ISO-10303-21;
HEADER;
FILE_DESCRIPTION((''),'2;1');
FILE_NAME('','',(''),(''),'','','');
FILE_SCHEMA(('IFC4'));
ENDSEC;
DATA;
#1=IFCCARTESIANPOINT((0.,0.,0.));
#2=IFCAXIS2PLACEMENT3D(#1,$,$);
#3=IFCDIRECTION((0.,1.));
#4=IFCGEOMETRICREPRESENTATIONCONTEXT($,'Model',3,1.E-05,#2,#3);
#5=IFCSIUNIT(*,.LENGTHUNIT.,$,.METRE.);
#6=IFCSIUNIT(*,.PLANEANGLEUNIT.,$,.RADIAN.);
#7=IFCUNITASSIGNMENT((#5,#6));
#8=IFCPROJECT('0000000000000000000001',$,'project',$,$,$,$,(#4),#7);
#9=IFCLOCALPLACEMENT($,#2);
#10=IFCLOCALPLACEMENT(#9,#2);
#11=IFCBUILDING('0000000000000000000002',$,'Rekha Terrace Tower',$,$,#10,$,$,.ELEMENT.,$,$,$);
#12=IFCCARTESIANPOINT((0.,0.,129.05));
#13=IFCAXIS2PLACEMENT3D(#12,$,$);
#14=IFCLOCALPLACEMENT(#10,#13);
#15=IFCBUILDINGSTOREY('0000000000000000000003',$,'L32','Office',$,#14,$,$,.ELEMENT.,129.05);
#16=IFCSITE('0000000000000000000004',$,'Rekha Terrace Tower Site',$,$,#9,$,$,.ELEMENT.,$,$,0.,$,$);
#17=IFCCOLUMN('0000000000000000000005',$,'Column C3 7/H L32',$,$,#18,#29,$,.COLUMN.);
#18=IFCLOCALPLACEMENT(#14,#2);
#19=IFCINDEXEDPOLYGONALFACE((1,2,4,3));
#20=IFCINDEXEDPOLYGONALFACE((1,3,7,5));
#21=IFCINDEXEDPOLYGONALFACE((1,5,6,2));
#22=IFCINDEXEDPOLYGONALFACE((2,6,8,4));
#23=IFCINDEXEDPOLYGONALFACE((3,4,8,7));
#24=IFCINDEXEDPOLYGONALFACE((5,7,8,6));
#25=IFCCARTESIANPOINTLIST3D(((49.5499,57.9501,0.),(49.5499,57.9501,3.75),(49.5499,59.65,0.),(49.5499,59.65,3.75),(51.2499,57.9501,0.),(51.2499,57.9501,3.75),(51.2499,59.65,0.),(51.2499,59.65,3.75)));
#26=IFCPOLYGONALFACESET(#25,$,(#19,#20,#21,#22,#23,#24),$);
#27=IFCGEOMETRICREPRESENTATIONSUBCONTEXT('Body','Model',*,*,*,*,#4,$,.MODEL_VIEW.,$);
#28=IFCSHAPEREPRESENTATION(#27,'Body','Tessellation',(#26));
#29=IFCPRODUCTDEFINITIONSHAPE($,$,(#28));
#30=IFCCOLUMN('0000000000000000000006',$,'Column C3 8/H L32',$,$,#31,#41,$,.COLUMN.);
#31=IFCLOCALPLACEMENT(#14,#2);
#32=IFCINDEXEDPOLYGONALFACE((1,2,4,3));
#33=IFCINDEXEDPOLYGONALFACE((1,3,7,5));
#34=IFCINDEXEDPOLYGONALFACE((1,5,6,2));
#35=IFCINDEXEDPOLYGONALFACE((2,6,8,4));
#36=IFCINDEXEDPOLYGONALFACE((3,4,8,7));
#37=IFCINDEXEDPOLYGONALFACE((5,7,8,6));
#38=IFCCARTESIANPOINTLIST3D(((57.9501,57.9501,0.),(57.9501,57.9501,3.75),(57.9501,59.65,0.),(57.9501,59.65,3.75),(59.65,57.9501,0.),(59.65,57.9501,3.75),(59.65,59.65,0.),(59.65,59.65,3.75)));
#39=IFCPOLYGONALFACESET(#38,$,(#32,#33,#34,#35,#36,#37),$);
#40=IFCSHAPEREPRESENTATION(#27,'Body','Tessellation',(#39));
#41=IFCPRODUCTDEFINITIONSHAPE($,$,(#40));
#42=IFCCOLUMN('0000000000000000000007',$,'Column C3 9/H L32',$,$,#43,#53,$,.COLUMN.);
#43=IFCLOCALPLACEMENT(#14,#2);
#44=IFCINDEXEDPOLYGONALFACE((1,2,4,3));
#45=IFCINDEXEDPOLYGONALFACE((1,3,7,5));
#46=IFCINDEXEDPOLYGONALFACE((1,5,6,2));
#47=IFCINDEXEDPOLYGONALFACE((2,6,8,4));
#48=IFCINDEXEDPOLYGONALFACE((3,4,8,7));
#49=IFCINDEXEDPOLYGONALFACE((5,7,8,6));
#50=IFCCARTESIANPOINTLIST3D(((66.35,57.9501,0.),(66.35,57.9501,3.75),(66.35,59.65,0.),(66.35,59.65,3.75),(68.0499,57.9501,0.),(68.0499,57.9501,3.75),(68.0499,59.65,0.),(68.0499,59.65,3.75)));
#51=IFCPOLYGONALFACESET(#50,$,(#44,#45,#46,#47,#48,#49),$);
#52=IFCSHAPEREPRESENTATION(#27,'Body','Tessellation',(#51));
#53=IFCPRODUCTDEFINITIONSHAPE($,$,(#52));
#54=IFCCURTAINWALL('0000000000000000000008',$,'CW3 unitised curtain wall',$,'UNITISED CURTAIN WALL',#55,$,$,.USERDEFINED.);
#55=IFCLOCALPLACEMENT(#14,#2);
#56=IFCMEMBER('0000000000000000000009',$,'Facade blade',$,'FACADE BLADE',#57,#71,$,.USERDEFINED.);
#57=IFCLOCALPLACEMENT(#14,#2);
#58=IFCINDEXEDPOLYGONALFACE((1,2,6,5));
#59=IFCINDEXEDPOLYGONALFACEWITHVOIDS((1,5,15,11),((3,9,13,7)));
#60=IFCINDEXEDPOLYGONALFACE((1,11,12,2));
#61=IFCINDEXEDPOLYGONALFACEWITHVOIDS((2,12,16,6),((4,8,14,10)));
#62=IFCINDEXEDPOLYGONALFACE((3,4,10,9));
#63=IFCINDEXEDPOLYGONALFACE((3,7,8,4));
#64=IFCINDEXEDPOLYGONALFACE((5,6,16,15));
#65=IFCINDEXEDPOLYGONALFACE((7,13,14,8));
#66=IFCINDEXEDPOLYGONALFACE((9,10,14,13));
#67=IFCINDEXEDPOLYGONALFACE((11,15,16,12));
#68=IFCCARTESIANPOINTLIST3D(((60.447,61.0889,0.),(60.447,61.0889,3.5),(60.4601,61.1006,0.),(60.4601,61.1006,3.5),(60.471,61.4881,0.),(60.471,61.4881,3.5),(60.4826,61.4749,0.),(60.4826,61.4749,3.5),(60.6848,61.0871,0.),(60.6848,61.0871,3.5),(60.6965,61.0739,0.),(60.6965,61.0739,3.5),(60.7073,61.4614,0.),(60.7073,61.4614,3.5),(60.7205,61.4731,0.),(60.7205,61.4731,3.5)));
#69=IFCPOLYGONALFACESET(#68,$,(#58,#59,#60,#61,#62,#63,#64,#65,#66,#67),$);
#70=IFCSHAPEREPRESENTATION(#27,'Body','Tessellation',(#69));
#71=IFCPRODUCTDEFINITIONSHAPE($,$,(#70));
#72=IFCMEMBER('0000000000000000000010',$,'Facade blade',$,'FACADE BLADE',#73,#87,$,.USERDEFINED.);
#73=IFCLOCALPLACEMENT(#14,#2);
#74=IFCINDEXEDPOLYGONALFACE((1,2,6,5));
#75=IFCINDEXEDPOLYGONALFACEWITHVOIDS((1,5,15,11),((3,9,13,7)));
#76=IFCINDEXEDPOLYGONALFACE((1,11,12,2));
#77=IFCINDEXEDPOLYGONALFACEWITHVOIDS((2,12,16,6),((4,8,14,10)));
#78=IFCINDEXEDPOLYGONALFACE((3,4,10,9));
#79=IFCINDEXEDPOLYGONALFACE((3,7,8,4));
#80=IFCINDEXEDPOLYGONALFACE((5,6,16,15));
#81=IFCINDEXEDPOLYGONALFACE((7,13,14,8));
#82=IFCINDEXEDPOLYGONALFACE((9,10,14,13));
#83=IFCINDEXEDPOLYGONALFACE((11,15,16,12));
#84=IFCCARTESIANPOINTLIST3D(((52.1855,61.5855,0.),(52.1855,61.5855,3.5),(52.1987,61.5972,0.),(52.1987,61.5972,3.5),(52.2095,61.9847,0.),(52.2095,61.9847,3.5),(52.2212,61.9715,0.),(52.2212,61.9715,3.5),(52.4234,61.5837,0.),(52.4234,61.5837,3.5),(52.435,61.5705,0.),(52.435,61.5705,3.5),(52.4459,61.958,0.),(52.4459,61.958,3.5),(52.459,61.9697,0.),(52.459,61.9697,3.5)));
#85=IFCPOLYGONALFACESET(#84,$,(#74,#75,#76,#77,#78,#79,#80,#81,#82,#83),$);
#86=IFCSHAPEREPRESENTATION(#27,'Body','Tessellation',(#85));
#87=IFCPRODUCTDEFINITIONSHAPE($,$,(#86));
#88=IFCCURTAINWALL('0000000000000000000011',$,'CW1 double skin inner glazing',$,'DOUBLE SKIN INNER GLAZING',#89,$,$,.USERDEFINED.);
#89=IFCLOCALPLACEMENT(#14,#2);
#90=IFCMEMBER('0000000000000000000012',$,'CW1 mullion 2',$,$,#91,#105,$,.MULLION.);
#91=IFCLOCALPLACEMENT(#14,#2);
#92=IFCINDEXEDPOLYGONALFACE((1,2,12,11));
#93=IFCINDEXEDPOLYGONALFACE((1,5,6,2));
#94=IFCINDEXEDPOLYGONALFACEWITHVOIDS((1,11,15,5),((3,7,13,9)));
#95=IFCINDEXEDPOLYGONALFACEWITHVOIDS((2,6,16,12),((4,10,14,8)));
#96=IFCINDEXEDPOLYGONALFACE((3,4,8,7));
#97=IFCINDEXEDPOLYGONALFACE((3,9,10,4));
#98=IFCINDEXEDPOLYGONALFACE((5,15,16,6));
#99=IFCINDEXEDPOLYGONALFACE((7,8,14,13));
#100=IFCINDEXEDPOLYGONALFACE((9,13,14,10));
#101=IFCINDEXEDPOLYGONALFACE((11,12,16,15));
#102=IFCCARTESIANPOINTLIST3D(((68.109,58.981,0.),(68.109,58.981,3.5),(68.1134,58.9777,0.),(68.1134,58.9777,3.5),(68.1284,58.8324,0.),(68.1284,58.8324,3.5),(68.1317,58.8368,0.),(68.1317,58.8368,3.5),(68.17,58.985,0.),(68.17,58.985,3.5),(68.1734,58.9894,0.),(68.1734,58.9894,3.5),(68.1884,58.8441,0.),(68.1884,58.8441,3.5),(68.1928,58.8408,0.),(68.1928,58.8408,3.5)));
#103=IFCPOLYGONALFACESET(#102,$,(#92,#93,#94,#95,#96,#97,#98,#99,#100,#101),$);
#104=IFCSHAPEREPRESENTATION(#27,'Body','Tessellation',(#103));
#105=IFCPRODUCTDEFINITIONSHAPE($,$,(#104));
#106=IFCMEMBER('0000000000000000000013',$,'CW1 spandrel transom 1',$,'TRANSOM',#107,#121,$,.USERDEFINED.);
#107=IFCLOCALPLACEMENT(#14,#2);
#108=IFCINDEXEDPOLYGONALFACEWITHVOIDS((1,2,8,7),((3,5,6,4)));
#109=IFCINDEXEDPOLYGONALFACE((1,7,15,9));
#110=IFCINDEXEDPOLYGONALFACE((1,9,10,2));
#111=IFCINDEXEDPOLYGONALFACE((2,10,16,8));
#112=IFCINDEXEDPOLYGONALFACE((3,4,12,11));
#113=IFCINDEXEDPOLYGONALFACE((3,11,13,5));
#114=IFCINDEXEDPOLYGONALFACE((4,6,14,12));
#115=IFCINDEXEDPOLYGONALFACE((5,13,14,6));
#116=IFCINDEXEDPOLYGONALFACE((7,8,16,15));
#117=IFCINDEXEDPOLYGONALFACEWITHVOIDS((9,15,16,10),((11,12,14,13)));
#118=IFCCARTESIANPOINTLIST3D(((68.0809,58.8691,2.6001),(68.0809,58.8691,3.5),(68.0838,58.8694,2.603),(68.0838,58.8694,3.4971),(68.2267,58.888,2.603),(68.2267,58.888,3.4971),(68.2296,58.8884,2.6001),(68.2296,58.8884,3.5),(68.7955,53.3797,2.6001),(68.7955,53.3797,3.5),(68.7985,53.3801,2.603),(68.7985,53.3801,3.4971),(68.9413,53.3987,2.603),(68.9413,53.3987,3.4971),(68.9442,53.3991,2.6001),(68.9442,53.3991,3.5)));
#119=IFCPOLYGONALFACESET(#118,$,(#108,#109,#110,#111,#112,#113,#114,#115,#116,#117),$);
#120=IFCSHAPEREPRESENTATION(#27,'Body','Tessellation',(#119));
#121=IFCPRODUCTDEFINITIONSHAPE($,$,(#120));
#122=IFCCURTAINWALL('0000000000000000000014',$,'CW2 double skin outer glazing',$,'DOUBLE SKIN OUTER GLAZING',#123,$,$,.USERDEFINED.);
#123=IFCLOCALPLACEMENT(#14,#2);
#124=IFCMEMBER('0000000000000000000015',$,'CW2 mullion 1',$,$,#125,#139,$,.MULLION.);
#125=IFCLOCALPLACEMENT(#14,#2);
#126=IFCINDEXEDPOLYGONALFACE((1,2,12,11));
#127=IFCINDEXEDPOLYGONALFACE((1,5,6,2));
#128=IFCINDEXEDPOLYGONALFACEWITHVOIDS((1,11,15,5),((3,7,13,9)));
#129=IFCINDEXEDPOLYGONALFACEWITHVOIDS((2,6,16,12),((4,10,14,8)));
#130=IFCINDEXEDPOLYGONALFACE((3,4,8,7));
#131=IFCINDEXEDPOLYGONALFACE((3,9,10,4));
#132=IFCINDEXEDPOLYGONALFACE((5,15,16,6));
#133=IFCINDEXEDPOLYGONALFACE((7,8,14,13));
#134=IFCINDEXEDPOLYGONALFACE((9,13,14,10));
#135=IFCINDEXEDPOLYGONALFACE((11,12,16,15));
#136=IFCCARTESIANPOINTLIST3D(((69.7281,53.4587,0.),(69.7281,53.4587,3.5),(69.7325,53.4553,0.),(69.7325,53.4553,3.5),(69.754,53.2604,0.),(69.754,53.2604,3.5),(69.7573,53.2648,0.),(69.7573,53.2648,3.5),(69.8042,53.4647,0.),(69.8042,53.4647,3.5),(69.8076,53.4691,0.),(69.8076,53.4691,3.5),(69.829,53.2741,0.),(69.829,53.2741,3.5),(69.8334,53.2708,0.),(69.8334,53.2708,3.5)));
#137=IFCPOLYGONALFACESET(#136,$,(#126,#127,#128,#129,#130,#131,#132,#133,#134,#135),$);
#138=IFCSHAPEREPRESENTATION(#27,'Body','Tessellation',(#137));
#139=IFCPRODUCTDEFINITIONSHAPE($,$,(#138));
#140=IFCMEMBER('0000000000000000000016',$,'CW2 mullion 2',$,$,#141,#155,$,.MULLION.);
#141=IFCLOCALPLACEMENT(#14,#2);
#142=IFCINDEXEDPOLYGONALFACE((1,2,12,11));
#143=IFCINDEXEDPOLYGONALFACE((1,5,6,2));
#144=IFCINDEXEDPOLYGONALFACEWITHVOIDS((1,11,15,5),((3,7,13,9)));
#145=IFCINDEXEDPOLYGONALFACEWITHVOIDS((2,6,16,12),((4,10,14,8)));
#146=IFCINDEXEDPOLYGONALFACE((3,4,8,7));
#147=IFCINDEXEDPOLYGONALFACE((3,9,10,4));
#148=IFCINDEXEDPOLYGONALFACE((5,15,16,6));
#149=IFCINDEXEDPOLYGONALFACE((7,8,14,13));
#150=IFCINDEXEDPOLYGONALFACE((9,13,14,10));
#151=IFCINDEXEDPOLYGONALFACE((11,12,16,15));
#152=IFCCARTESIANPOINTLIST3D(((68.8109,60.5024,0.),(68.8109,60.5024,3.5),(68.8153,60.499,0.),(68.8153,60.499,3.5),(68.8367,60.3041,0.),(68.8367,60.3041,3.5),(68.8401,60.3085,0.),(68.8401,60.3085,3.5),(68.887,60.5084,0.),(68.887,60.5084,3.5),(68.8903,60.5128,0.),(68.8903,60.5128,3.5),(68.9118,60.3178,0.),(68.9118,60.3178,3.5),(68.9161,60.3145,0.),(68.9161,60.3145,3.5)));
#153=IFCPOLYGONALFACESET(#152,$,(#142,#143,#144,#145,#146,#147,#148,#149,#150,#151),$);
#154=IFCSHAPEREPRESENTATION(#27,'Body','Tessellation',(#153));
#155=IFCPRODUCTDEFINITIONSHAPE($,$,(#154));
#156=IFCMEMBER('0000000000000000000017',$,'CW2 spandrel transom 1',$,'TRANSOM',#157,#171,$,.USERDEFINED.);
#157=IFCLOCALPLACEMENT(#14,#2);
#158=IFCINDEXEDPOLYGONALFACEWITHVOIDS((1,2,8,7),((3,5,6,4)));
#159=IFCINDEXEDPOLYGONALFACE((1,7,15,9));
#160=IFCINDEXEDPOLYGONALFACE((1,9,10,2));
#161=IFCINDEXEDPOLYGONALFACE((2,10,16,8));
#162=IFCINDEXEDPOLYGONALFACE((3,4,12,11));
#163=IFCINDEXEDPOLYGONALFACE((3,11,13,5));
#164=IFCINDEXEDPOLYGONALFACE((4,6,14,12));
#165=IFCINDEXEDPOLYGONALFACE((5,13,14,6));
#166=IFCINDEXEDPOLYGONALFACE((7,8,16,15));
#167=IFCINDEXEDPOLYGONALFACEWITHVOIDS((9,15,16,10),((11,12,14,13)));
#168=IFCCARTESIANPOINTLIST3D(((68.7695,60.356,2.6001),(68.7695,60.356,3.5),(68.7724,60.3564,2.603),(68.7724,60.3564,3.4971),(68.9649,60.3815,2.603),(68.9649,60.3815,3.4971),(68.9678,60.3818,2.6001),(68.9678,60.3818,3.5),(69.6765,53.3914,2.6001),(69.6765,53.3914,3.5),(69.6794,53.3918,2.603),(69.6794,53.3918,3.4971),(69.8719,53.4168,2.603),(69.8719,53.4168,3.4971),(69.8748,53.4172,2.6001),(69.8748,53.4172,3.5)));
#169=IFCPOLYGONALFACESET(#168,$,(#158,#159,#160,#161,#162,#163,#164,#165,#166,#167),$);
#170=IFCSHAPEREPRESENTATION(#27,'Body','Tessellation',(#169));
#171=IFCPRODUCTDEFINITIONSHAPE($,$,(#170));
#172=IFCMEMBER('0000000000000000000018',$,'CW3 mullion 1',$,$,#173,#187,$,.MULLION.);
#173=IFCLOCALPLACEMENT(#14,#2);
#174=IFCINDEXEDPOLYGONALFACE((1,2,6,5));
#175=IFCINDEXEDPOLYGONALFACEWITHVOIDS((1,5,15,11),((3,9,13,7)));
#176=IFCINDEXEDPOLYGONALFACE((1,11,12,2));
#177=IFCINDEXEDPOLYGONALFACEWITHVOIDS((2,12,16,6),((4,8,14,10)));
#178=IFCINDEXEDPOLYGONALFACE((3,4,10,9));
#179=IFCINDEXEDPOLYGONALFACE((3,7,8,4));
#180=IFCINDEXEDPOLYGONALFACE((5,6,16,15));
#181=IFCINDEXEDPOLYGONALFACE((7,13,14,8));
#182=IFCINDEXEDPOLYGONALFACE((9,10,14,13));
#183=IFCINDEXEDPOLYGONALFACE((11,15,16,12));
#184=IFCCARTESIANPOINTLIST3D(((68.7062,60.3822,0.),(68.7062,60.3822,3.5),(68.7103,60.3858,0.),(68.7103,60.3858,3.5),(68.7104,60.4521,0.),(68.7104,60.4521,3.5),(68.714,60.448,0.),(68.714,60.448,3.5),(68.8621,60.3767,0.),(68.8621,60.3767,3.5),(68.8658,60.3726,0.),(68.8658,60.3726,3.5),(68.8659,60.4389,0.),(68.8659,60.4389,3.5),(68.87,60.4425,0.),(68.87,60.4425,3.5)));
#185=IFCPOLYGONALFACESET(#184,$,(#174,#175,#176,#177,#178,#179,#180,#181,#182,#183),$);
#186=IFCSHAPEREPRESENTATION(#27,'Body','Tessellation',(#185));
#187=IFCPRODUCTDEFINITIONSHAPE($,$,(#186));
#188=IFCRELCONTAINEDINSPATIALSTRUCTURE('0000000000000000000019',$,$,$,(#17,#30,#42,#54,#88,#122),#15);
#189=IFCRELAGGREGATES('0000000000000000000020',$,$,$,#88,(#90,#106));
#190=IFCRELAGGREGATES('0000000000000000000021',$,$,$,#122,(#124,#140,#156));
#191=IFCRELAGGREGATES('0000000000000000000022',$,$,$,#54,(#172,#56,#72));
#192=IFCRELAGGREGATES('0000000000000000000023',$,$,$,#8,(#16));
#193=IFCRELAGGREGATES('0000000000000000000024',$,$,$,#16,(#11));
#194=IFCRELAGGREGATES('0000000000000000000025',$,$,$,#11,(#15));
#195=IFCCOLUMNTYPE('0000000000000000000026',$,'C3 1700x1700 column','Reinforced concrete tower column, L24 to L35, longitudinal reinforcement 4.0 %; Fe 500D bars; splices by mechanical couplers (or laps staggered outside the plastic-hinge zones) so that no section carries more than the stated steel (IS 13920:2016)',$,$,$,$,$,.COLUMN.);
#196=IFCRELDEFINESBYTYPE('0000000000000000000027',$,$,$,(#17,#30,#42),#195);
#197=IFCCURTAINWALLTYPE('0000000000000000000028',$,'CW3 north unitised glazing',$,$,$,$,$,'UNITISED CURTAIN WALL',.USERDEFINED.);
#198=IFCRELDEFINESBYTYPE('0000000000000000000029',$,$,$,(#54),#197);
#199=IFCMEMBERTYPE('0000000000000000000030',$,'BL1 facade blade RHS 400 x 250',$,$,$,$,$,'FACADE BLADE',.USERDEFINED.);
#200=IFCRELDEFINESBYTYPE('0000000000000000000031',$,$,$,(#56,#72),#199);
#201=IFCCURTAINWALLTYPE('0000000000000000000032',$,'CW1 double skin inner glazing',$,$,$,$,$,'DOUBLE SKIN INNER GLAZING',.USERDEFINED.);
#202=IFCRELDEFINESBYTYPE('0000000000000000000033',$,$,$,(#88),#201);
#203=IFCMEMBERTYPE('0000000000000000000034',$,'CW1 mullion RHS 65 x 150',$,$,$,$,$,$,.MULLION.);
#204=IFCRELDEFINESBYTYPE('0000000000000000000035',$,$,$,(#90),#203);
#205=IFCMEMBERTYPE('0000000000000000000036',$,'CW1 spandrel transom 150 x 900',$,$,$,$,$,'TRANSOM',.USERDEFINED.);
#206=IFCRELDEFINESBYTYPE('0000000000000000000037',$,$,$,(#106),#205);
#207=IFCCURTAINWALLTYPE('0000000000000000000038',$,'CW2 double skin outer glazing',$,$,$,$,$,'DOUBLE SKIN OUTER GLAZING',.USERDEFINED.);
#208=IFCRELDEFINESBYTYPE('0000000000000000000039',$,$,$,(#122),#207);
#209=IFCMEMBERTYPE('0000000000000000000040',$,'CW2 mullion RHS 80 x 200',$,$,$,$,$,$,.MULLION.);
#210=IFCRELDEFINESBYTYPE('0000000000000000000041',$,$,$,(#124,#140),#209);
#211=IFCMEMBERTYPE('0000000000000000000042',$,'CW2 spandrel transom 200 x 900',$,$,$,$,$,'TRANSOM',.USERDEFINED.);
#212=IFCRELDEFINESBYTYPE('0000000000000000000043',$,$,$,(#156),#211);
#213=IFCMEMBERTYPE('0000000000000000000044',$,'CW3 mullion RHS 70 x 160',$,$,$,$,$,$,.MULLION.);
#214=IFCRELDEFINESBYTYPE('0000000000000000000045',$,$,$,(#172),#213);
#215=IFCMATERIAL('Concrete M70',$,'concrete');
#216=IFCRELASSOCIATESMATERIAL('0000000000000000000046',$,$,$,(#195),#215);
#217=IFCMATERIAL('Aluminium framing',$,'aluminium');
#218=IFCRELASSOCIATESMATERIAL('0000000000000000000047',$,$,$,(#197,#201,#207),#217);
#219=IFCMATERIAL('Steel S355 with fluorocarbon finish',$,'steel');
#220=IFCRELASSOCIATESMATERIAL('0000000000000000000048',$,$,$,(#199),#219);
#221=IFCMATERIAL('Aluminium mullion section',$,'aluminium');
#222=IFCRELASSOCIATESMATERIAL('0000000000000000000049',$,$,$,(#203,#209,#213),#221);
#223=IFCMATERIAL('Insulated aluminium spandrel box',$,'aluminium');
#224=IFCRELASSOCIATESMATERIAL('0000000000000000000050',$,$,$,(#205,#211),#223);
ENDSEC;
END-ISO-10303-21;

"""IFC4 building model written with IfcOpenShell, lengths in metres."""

from ifc_helpers import new_model, si_unit, direction, frame, origin, origin_2d, place, context, subcontext, project, spatial, rectangle, hollow_rectangle, extrude, material, material_profile, profile_set, type_object, element, aggregate, save


model = new_model("IFC4")

# Units and contexts
model_context = context("Model", 3, precision=1e-05, world=origin(), true_north=direction((0.0, 1.0)))
body_context = subcontext(model_context, "Body", "Model", "MODEL_VIEW")
ifc_project = project(units=[si_unit("LENGTHUNIT", "METRE"), si_unit("PLANEANGLEUNIT", "RADIAN")], contexts=[model_context])

# Site, building, storey
site_placement = place(None, origin())
site = spatial("IfcSite", under=ifc_project, at=site_placement, Name="Rekha Terrace Tower Site", CompositionType="ELEMENT", RefElevation=0.0)
building_placement = place(site_placement, origin())
building = spatial("IfcBuilding", under=site, at=building_placement, Name="Rekha Terrace Tower", CompositionType="ELEMENT")
storey_placement = place(building_placement, frame((0.0, 0.0, 129.05)))
storey = spatial("IfcBuildingStorey", under=building, at=storey_placement, Name="L32", Description="Office", CompositionType="ELEMENT", Elevation=129.05)

# Columns
ifc_material_1 = material(Name="Concrete M70", Category="concrete")
ifc_material_profile_1 = material_profile(ifc_material_1, rectangle(XDim=1.7, YDim=1.7, at=origin_2d()), Name="RC 1700x1700")
ifc_profile_set_1 = profile_set([ifc_material_profile_1], Name="Concrete M70")
column_type = type_object("IfcColumnType", Name="C3 1700x1700 column", Description="Reinforced concrete tower column, L24 to L35, longitudinal reinforcement 4.0 %; Fe 500D bars; splices by mechanical couplers (or laps staggered outside the plastic-hinge zones) so that no section carries more than the stated steel (IS 13920:2016)", PredefinedType="COLUMN", material=ifc_profile_set_1)
for number, where, z_axis, x_axis, name in (
    (1, (50.3999, 58.8, 0.0), (0.0, 0.0, 1.0), (1.0, 0.0, 0.0), "Column C3 7/H L32"),
    (2, (58.8, 58.8, 0.0), (0.0, 0.0, 1.0), (1.0, 0.0, 0.0), "Column C3 8/H L32"),
    (3, (67.2, 58.8, 0.0), (0.0, 0.0, 1.0), (1.0, 0.0, 0.0), "Column C3 9/H L32"),
):
    element("IfcColumn", number, at=place(storey_placement, frame(where, z_axis=z_axis, x_axis=x_axis)), inside=storey, type_object=column_type, Name=name, PredefinedType="COLUMN", context=body_context, shape_type="SweptSolid", body=[
        extrude(rectangle(XDim=1.7, YDim=1.7, at=origin_2d()), origin(), (0.0, 0.0, 1.0), 3.75),
    ])

# Curtain walls, members
ifc_material_2 = material(Name="Aluminium framing", Category="aluminium")
curtain_wall_type_1 = type_object("IfcCurtainWallType", Name="CW3 north unitised glazing", ElementType="UNITISED CURTAIN WALL", PredefinedType="USERDEFINED", material=ifc_material_2)
curtain_wall_1_placement = place(storey_placement, origin())
curtain_wall_1 = element("IfcCurtainWall", 4, at=curtain_wall_1_placement, inside=storey, type_object=curtain_wall_type_1, Name="CW3 unitised curtain wall", ObjectType="UNITISED CURTAIN WALL", PredefinedType="USERDEFINED")
ifc_material_3 = material(Name="Steel S355 with fluorocarbon finish", Category="steel")
ifc_material_profile_2 = material_profile(ifc_material_3, hollow_rectangle(XDim=0.25, YDim=0.3999, WallThickness=0.0125, at=origin_2d()), Name="RHS400x250x12.5")
ifc_profile_set_2 = profile_set([ifc_material_profile_2], Name="Steel S355 with fluorocarbon finish")
member_type_1 = type_object("IfcMemberType", Name="BL1 facade blade RHS 400 x 250", ElementType="FACADE BLADE", PredefinedType="USERDEFINED", material=ifc_profile_set_2)
member_1_placement = place(storey_placement, frame((60.5837, 61.281, 0.0), z_axis=(0.0, 0.0, 1.0), x_axis=(-0.998199, 0.059988, 0.0)))
member_1 = element("IfcMember", 5, at=member_1_placement, type_object=member_type_1, Name="Facade blade", ObjectType="FACADE BLADE", PredefinedType="USERDEFINED", context=body_context, shape_type="SweptSolid", body=[
    extrude(hollow_rectangle(XDim=0.25, YDim=0.3999, WallThickness=0.0125, at=origin_2d()), origin(), (0.0, 0.0, 1.0), 3.5),
])
member_2_placement = place(storey_placement, frame((52.3223, 61.7776, 0.0), z_axis=(0.0, 0.0, 1.0), x_axis=(-0.998199, 0.059988, 0.0)))
member_2 = element("IfcMember", 6, at=member_2_placement, type_object=member_type_1, Name="Facade blade", ObjectType="FACADE BLADE", PredefinedType="USERDEFINED", context=body_context, shape_type="SweptSolid", body=[
    extrude(hollow_rectangle(XDim=0.25, YDim=0.3999, WallThickness=0.0125, at=origin_2d()), origin(), (0.0, 0.0, 1.0), 3.5),
])
curtain_wall_type_2 = type_object("IfcCurtainWallType", Name="CW1 double skin inner glazing", ElementType="DOUBLE SKIN INNER GLAZING", PredefinedType="USERDEFINED", material=ifc_material_2)
curtain_wall_2_placement = place(storey_placement, origin())
curtain_wall_2 = element("IfcCurtainWall", 7, at=curtain_wall_2_placement, inside=storey, type_object=curtain_wall_type_2, Name="CW1 double skin inner glazing", ObjectType="DOUBLE SKIN INNER GLAZING", PredefinedType="USERDEFINED")
ifc_material_4 = material(Name="Aluminium mullion section", Category="aluminium")
ifc_material_profile_3 = material_profile(ifc_material_4, hollow_rectangle(XDim=0.0649, YDim=0.1499, WallThickness=0.0039, at=origin_2d()), Name="AL RHS 65x150")
ifc_profile_set_3 = profile_set([ifc_material_profile_3], Name="Aluminium mullion section")
member_type_2 = type_object("IfcMemberType", Name="CW1 mullion RHS 65 x 150", PredefinedType="MULLION", material=ifc_profile_set_3)
member_3_placement = place(storey_placement, frame((68.1509, 58.9109, 0.0), z_axis=(0.0, 0.0, 1.0), x_axis=(-0.991629, -0.129118, 0.0)))
member_3 = element("IfcMember", 8, at=member_3_placement, type_object=member_type_2, Name="CW1 mullion 2", PredefinedType="MULLION", context=body_context, shape_type="SweptSolid", body=[
    extrude(hollow_rectangle(XDim=0.0649, YDim=0.1499, WallThickness=0.0039, at=origin_2d()), origin(), (0.0, 0.0, 1.0), 3.5),
])
ifc_material_5 = material(Name="Insulated aluminium spandrel box", Category="aluminium")
ifc_material_profile_4 = material_profile(ifc_material_5, hollow_rectangle(XDim=0.1499, YDim=0.8999, WallThickness=0.0029, at=origin_2d()), Name="AL SPANDREL BOX 150x900")
ifc_profile_set_4 = profile_set([ifc_material_profile_4], Name="Insulated aluminium spandrel box")
member_type_3 = type_object("IfcMemberType", Name="CW1 spandrel transom 150 x 900", ElementType="TRANSOM", PredefinedType="USERDEFINED", material=ifc_profile_set_4)
member_4_placement = place(storey_placement, frame((68.8699, 53.3894, 3.05), z_axis=(-0.129092, 0.991633, 0.0), x_axis=(-0.991633, -0.129092, 0.0)))
member_4 = element("IfcMember", 9, at=member_4_placement, type_object=member_type_3, Name="CW1 spandrel transom 1", ObjectType="TRANSOM", PredefinedType="USERDEFINED", context=body_context, shape_type="SweptSolid", body=[
    extrude(hollow_rectangle(XDim=0.1499, YDim=0.8999, WallThickness=0.0029, at=origin_2d()), origin(), (0.0, 0.0, 1.0), 5.5356),
])
curtain_wall_type_3 = type_object("IfcCurtainWallType", Name="CW2 double skin outer glazing", ElementType="DOUBLE SKIN OUTER GLAZING", PredefinedType="USERDEFINED", material=ifc_material_2)
curtain_wall_3_placement = place(storey_placement, origin())
curtain_wall_3 = element("IfcCurtainWall", 10, at=curtain_wall_3_placement, inside=storey, type_object=curtain_wall_type_3, Name="CW2 double skin outer glazing", ObjectType="DOUBLE SKIN OUTER GLAZING", PredefinedType="USERDEFINED")
ifc_material_profile_5 = material_profile(ifc_material_4, hollow_rectangle(XDim=0.0801, YDim=0.2, WallThickness=0.0039, at=origin_2d()), Name="AL RHS 80x200")
ifc_profile_set_5 = profile_set([ifc_material_profile_5], Name="Aluminium mullion section")
member_type_4 = type_object("IfcMemberType", Name="CW2 mullion RHS 80 x 200", PredefinedType="MULLION", material=ifc_profile_set_5)
member_5_placement = place(storey_placement, frame((69.7808, 53.3647, 0.0), z_axis=(0.0, 0.0, 1.0), x_axis=(-0.991629, -0.129118, 0.0)))
member_5 = element("IfcMember", 11, at=member_5_placement, type_object=member_type_4, Name="CW2 mullion 1", PredefinedType="MULLION", context=body_context, shape_type="SweptSolid", body=[
    extrude(hollow_rectangle(XDim=0.0801, YDim=0.2, WallThickness=0.0039, at=origin_2d()), origin(), (0.0, 0.0, 1.0), 3.5),
])
member_6_placement = place(storey_placement, frame((68.8635, 60.4084, 0.0), z_axis=(0.0, 0.0, 1.0), x_axis=(-0.991629, -0.129118, 0.0)))
member_6 = element("IfcMember", 12, at=member_6_placement, type_object=member_type_4, Name="CW2 mullion 2", PredefinedType="MULLION", context=body_context, shape_type="SweptSolid", body=[
    extrude(hollow_rectangle(XDim=0.0801, YDim=0.2, WallThickness=0.0039, at=origin_2d()), origin(), (0.0, 0.0, 1.0), 3.5),
])
ifc_material_profile_6 = material_profile(ifc_material_5, hollow_rectangle(XDim=0.2, YDim=0.8999, WallThickness=0.0029, at=origin_2d()), Name="AL SPANDREL BOX 200x900")
ifc_profile_set_6 = profile_set([ifc_material_profile_6], Name="Insulated aluminium spandrel box")
member_type_5 = type_object("IfcMemberType", Name="CW2 spandrel transom 200 x 900", ElementType="TRANSOM", PredefinedType="USERDEFINED", material=ifc_profile_set_6)
member_7_placement = place(storey_placement, frame((69.7756, 53.4043, 3.05), z_axis=(-0.129137, 0.991627, 0.0), x_axis=(-0.991627, -0.129137, 0.0)))
member_7 = element("IfcMember", 13, at=member_7_placement, type_object=member_type_5, Name="CW2 spandrel transom 1", ObjectType="TRANSOM", PredefinedType="USERDEFINED", context=body_context, shape_type="SweptSolid", body=[
    extrude(hollow_rectangle(XDim=0.2, YDim=0.8999, WallThickness=0.0029, at=origin_2d()), origin(), (0.0, 0.0, 1.0), 7.0234),
])

# Member
ifc_material_profile_7 = material_profile(ifc_material_4, hollow_rectangle(XDim=0.0701, YDim=0.1599, WallThickness=0.0039, at=origin_2d()), Name="AL RHS 70x160")
ifc_profile_set_7 = profile_set([ifc_material_profile_7], Name="Aluminium mullion section")
member_type_6 = type_object("IfcMemberType", Name="CW3 mullion RHS 70 x 160", PredefinedType="MULLION", material=ifc_profile_set_7)
member_8_placement = place(storey_placement, frame((68.7881, 60.4124, 0.0), z_axis=(0.0, 0.0, 1.0), x_axis=(-0.059988, -0.998199, 0.0)))
member_8 = element("IfcMember", 14, at=member_8_placement, type_object=member_type_6, Name="CW3 mullion 1", PredefinedType="MULLION", context=body_context, shape_type="SweptSolid", body=[
    extrude(hollow_rectangle(XDim=0.0701, YDim=0.1599, WallThickness=0.0039, at=origin_2d()), origin(), (0.0, 0.0, 1.0), 3.5),
])

aggregate(curtain_wall_2, [member_3, member_4])
aggregate(curtain_wall_3, [member_5, member_6, member_7])
aggregate(curtain_wall_1, [member_8, member_1, member_2])

save(model, "model.ifc")
